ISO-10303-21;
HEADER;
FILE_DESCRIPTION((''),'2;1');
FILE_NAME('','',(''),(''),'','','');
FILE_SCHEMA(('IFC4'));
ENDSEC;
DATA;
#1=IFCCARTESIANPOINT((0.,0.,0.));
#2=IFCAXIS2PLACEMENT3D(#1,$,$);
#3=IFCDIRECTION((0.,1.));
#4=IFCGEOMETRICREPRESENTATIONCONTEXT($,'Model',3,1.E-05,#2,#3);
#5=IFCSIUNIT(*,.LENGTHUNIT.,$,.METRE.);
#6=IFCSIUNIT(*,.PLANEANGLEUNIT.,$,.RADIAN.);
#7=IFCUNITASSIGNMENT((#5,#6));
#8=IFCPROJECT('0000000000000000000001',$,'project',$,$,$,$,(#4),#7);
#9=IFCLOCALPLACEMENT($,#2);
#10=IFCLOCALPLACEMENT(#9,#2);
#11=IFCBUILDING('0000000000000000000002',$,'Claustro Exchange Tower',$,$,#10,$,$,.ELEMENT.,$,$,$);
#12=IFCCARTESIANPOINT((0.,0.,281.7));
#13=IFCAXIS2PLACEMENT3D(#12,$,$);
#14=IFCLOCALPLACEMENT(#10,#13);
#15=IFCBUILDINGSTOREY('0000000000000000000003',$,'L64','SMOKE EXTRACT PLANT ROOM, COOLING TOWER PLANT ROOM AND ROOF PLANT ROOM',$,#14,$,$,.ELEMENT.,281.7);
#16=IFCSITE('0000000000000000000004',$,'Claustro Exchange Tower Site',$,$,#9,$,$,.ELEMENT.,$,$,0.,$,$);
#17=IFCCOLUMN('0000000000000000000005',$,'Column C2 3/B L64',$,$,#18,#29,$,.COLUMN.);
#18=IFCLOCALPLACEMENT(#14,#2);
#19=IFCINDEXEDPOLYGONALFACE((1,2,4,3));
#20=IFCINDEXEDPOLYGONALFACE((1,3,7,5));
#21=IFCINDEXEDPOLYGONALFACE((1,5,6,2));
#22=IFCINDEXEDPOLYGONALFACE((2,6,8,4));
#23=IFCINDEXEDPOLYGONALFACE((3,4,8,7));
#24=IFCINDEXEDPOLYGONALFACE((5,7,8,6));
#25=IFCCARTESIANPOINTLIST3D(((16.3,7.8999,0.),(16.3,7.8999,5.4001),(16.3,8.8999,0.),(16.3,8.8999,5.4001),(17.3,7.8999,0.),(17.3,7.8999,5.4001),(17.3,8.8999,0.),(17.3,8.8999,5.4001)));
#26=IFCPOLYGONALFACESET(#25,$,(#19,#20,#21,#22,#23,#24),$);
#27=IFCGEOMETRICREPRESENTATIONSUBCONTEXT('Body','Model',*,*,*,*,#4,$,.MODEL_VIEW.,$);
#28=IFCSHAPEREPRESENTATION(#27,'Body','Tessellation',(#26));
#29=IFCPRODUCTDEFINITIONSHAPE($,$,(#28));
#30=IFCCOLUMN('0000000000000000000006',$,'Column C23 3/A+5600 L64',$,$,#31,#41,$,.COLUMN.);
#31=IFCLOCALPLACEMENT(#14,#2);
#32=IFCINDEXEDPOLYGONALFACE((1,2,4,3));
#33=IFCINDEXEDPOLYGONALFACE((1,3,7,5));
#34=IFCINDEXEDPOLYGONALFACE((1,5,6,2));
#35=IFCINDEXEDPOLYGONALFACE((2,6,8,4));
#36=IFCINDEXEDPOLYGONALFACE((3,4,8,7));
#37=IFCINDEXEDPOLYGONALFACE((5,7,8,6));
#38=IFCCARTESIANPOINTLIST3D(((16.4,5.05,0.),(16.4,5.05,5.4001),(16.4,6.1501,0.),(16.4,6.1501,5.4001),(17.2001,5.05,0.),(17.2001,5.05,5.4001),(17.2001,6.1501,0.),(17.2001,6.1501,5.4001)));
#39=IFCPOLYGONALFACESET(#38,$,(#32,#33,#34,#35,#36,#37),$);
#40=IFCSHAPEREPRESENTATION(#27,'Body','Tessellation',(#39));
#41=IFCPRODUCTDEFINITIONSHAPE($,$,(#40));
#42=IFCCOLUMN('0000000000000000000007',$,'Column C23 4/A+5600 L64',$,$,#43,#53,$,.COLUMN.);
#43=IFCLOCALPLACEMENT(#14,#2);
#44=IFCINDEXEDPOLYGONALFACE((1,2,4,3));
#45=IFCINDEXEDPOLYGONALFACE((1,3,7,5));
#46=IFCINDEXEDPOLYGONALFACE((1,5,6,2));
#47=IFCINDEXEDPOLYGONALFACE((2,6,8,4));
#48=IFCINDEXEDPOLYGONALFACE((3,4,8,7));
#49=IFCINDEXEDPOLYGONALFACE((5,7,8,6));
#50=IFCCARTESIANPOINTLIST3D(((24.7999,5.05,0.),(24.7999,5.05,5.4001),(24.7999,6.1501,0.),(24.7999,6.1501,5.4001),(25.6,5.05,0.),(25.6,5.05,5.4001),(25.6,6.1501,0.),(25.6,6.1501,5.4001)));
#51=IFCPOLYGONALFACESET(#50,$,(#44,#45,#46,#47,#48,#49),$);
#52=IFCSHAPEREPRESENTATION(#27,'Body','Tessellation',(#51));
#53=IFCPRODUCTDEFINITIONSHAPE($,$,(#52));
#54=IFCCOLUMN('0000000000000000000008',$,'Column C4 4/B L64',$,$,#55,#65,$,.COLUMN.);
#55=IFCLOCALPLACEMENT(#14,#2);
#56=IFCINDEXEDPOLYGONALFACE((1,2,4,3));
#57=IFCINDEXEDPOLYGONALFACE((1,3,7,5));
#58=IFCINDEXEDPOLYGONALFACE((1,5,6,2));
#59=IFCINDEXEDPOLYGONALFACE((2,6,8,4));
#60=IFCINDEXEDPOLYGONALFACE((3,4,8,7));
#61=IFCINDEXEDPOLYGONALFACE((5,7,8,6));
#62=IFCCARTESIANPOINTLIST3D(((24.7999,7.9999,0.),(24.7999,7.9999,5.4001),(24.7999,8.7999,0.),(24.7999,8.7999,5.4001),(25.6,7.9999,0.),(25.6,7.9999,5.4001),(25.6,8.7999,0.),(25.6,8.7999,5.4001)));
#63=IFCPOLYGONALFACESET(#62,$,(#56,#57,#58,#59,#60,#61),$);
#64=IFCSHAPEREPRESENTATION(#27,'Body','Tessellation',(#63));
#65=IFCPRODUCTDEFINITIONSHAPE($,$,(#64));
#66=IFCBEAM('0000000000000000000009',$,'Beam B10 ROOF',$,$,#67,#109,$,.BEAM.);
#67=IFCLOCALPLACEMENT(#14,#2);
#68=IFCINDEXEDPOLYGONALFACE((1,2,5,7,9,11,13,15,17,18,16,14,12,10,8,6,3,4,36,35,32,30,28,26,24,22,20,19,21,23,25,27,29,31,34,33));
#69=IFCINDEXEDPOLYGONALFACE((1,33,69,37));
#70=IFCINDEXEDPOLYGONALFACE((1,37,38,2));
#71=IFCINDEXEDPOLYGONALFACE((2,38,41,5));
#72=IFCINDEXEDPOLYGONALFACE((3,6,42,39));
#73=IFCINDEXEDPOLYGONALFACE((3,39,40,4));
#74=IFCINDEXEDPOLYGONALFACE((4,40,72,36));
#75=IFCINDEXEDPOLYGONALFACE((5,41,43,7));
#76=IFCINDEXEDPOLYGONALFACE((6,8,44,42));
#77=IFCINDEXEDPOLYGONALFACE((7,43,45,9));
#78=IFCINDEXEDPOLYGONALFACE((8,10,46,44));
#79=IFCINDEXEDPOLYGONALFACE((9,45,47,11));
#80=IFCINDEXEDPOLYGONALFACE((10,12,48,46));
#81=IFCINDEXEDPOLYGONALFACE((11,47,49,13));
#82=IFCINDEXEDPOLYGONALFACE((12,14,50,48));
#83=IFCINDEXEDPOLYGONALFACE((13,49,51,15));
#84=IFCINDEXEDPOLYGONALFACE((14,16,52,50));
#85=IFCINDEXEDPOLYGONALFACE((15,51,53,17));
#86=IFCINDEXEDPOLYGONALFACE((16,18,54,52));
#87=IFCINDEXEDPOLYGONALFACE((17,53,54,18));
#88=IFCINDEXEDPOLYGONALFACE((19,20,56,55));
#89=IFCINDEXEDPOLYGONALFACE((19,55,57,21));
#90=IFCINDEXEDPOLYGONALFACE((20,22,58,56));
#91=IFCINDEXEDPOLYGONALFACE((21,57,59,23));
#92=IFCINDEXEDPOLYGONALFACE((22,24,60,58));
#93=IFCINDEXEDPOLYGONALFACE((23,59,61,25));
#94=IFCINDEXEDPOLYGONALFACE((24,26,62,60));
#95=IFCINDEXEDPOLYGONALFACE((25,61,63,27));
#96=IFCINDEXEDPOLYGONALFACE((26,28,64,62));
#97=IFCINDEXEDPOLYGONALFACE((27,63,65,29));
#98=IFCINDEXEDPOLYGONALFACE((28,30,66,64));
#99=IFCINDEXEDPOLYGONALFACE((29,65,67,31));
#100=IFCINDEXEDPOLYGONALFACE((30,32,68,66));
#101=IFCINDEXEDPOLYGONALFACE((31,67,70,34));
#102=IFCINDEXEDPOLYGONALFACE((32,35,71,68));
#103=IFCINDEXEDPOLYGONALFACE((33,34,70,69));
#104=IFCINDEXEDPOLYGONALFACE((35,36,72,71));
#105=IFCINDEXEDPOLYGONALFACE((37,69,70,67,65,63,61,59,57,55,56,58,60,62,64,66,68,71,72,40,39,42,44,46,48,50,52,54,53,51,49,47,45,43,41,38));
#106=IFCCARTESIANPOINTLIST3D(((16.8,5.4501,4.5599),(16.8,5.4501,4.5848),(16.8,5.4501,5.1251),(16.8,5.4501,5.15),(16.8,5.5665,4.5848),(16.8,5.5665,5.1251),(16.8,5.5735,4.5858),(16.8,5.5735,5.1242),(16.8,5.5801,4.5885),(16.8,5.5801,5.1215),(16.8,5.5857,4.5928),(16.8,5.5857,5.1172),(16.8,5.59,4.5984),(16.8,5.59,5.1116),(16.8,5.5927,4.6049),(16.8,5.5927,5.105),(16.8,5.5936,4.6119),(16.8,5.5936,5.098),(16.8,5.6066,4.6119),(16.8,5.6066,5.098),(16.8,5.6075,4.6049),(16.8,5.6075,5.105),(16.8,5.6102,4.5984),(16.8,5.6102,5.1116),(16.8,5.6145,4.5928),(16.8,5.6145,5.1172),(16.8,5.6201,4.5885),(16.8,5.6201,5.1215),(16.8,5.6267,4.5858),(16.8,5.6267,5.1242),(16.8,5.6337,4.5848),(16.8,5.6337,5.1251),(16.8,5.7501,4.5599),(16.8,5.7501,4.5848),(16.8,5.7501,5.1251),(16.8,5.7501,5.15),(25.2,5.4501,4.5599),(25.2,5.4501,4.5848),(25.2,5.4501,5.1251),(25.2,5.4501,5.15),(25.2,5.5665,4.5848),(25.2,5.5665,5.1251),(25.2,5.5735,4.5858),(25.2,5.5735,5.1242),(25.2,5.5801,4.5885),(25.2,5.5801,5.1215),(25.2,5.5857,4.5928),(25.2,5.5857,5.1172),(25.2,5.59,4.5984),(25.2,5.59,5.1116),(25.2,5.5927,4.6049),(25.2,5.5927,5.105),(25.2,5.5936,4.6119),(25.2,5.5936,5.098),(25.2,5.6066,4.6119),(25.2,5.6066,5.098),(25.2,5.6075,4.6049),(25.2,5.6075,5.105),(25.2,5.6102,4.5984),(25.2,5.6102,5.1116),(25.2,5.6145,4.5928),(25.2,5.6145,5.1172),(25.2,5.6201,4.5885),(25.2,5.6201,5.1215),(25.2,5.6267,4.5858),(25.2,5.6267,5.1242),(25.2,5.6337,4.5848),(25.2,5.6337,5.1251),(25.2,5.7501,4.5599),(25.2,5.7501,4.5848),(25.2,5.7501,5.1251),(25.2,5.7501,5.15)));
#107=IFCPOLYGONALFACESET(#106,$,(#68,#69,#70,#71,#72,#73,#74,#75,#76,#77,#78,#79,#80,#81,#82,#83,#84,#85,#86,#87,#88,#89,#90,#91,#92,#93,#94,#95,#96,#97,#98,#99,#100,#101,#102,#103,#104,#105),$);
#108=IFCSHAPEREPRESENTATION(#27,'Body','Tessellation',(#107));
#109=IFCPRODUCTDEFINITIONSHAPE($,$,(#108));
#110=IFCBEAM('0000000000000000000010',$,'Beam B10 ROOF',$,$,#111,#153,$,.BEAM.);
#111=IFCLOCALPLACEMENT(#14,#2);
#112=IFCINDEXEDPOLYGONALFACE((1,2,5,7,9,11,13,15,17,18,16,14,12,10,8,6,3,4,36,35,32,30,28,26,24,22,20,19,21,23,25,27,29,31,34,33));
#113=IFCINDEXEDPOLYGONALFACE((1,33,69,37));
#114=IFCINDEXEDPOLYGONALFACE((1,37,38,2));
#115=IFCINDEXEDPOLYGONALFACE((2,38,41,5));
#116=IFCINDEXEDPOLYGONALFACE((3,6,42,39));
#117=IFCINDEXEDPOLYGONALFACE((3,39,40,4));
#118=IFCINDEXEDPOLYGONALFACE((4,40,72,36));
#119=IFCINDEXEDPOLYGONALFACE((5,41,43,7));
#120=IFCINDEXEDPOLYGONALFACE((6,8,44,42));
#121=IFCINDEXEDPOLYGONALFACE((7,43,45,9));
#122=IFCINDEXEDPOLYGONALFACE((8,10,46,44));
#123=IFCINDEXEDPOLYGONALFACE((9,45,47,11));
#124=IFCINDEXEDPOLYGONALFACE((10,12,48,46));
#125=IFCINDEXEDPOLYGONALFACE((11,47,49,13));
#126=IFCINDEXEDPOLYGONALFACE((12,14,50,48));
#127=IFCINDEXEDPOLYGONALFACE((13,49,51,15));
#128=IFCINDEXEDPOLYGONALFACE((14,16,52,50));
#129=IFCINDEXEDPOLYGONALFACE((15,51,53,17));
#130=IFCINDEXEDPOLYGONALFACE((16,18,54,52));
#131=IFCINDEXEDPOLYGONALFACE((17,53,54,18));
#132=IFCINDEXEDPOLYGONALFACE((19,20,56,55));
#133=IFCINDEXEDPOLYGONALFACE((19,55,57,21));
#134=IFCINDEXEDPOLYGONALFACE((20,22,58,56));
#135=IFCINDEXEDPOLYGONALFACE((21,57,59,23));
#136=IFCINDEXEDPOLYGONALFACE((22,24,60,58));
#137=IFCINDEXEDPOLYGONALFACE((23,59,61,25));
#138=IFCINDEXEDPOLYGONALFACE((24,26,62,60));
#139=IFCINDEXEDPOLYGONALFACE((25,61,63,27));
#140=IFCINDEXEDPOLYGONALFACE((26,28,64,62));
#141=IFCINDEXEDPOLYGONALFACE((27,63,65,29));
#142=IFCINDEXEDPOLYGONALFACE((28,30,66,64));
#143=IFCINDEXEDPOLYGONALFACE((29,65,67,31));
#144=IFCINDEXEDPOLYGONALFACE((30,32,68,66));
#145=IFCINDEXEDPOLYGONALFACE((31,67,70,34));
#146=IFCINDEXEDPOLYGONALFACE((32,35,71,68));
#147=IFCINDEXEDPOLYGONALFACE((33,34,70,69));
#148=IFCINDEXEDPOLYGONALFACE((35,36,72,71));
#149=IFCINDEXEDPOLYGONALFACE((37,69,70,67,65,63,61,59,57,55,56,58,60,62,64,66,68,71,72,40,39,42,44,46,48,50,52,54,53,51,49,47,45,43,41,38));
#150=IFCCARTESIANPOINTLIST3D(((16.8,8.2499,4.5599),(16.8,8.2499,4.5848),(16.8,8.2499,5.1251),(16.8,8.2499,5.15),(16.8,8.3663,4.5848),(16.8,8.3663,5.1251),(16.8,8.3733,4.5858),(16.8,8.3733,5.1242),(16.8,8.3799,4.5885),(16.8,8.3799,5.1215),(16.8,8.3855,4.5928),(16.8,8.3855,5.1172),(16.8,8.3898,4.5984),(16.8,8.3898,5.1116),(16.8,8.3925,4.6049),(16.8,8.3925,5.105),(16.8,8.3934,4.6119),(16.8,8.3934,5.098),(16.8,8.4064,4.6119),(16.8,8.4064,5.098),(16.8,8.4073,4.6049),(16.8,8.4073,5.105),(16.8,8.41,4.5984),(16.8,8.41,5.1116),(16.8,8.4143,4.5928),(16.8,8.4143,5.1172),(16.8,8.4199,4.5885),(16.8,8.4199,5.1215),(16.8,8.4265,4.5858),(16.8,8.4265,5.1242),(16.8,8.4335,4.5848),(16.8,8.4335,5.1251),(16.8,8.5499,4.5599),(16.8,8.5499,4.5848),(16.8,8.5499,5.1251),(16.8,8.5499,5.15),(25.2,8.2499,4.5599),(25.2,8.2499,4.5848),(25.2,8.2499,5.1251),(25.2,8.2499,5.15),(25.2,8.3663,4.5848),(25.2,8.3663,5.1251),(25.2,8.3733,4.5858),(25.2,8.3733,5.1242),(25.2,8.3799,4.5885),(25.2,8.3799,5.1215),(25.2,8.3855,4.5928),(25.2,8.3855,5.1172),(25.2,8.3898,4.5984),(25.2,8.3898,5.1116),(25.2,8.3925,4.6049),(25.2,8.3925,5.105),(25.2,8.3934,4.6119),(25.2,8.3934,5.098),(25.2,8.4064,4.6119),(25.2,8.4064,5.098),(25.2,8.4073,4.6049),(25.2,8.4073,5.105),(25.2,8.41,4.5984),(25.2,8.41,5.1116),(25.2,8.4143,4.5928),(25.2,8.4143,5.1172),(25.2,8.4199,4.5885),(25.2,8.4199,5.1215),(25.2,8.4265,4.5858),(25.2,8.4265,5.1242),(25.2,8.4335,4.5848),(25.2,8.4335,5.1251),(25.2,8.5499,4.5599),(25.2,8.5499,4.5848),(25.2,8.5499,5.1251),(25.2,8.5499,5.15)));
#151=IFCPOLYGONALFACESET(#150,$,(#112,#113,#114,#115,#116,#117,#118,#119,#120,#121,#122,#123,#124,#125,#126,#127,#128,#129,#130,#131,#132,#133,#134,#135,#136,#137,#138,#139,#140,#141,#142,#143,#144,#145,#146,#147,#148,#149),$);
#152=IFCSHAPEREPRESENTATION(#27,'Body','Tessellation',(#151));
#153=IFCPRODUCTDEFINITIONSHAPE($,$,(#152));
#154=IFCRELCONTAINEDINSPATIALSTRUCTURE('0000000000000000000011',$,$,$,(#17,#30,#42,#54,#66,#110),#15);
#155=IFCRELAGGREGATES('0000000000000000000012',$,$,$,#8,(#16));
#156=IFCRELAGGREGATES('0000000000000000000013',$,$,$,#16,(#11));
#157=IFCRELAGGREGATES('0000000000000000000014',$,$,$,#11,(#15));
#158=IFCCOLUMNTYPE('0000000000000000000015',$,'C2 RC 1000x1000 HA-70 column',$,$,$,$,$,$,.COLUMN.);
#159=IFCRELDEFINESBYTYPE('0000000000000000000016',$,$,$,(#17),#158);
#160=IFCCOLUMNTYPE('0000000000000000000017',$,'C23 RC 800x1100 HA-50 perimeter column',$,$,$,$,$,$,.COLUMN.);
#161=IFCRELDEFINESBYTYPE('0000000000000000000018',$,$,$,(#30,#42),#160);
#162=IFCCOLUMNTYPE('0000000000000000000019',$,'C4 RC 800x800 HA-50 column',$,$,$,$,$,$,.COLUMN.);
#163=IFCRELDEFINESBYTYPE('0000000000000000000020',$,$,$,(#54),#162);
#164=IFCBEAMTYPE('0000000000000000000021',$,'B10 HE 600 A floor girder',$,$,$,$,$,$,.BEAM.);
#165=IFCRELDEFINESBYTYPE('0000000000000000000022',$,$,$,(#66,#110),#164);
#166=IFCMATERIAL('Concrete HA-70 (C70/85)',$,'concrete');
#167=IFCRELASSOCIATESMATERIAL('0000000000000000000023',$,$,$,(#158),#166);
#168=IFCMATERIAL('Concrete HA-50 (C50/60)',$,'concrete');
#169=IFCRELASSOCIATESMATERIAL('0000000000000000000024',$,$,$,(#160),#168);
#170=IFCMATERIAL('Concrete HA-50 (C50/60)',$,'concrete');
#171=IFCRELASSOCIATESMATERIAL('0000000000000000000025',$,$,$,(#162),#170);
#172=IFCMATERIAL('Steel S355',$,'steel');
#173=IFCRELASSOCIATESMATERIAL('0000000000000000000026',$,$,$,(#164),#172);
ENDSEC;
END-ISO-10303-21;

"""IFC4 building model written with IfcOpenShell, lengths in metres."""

from ifc_helpers import new_model, si_unit, direction, frame, origin, origin_2d, place, context, subcontext, project, spatial, rectangle, i_section, extrude, material, material_profile, profile_set, type_object, element, save


model = new_model("IFC4")

# Units and contexts
model_context = context("Model", 3, precision=1e-05, world=origin(), true_north=direction((0.0, 1.0)))
body_context = subcontext(model_context, "Body", "Model", "MODEL_VIEW")
ifc_project = project(units=[si_unit("LENGTHUNIT", "METRE"), si_unit("PLANEANGLEUNIT", "RADIAN")], contexts=[model_context])

# Site, building, storey
site_placement = place(None, origin())
site = spatial("IfcSite", under=ifc_project, at=site_placement, Name="Claustro Exchange Tower Site", CompositionType="ELEMENT", RefElevation=0.0)
building_placement = place(site_placement, origin())
building = spatial("IfcBuilding", under=site, at=building_placement, Name="Claustro Exchange Tower", CompositionType="ELEMENT")
storey_placement = place(building_placement, frame((0.0, 0.0, 281.7)))
storey = spatial("IfcBuildingStorey", under=building, at=storey_placement, Name="L64", Description="SMOKE EXTRACT PLANT ROOM, COOLING TOWER PLANT ROOM AND ROOF PLANT ROOM", CompositionType="ELEMENT", Elevation=281.7)

# Columns
ifc_material_1 = material(Name="Concrete HA-70 (C70/85)", Category="concrete")
ifc_material_profile_1 = material_profile(ifc_material_1, rectangle(XDim=1.0, YDim=1.0, at=origin_2d()), Name="RC 1000x1000")
ifc_profile_set_1 = profile_set([ifc_material_profile_1], Name="Concrete HA-70 (C70/85)")
column_type_1 = type_object("IfcColumnType", Name="C2 RC 1000x1000 HA-70 column", PredefinedType="COLUMN", material=ifc_profile_set_1)
column_1_placement = place(storey_placement, frame((16.8, 8.3999, 0.0), z_axis=(0.0, 0.0, 1.0), x_axis=(1.0, 0.0, 0.0)))
element("IfcColumn", 1, at=column_1_placement, inside=storey, type_object=column_type_1, Name="Column C2 3/B L64", PredefinedType="COLUMN", context=body_context, shape_type="SweptSolid", body=[
    extrude(rectangle(XDim=1.0, YDim=1.0, at=origin_2d()), origin(), (0.0, 0.0, 1.0), 5.4001),
])
ifc_material_2 = material(Name="Concrete HA-50 (C50/60)", Category="concrete")
ifc_material_profile_2 = material_profile(ifc_material_2, rectangle(XDim=0.8, YDim=1.1001, at=origin_2d()), Name="RC 800x1100")
ifc_profile_set_2 = profile_set([ifc_material_profile_2], Name="Concrete HA-50 (C50/60)")
column_type_2 = type_object("IfcColumnType", Name="C23 RC 800x1100 HA-50 perimeter column", PredefinedType="COLUMN", material=ifc_profile_set_2)
for number, where, z_axis, x_axis, name in (
    (2, (16.8, 5.6001, 0.0), (0.0, 0.0, 1.0), (1.0, 0.0, 0.0), "Column C23 3/A+5600 L64"),
    (3, (25.2, 5.6001, 0.0), (0.0, 0.0, 1.0), (1.0, 0.0, 0.0), "Column C23 4/A+5600 L64"),
):
    element("IfcColumn", number, at=place(storey_placement, frame(where, z_axis=z_axis, x_axis=x_axis)), inside=storey, type_object=column_type_2, Name=name, PredefinedType="COLUMN", context=body_context, shape_type="SweptSolid", body=[
        extrude(rectangle(XDim=0.8, YDim=1.1001, at=origin_2d()), origin(), (0.0, 0.0, 1.0), 5.4001),
    ])
ifc_material_3 = material(Name="Concrete HA-50 (C50/60)", Category="concrete")
ifc_material_profile_3 = material_profile(ifc_material_3, rectangle(XDim=0.8, YDim=0.8, at=origin_2d()), Name="RC 800x800")
ifc_profile_set_3 = profile_set([ifc_material_profile_3], Name="Concrete HA-50 (C50/60)")
column_type_3 = type_object("IfcColumnType", Name="C4 RC 800x800 HA-50 column", PredefinedType="COLUMN", material=ifc_profile_set_3)
column_2_placement = place(storey_placement, frame((25.2, 8.3999, 0.0), z_axis=(0.0, 0.0, 1.0), x_axis=(1.0, 0.0, 0.0)))
element("IfcColumn", 4, at=column_2_placement, inside=storey, type_object=column_type_3, Name="Column C4 4/B L64", PredefinedType="COLUMN", context=body_context, shape_type="SweptSolid", body=[
    extrude(rectangle(XDim=0.8, YDim=0.8, at=origin_2d()), origin(), (0.0, 0.0, 1.0), 5.4001),
])

# Beams
ifc_material_4 = material(Name="Steel S355", Category="steel")
ifc_material_profile_4 = material_profile(ifc_material_4, i_section(OverallWidth=0.3, OverallDepth=0.5901, WebThickness=0.0129, FlangeThickness=0.0249, FilletRadius=0.0271, at=origin_2d()), Name="HE 600 A")
ifc_profile_set_4 = profile_set([ifc_material_profile_4], Name="Steel S355")
beam_type_1 = type_object("IfcBeamType", Name="B10 HE 600 A floor girder", PredefinedType="BEAM", material=ifc_profile_set_4)
for number, where, z_axis, x_axis, name in (
    (5, (16.8, 5.6001, 4.855), (1.0, 0.0, 0.0), (0.0, 1.0, 0.0), "Beam B10 ROOF"),
    (6, (16.8, 8.3999, 4.855), (1.0, 0.0, 0.0), (0.0, 1.0, 0.0), "Beam B10 ROOF"),
):
    element("IfcBeam", number, at=place(storey_placement, frame(where, z_axis=z_axis, x_axis=x_axis)), inside=storey, type_object=beam_type_1, Name=name, PredefinedType="BEAM", context=body_context, shape_type="SweptSolid", body=[
        extrude(i_section(OverallWidth=0.3, OverallDepth=0.5901, WebThickness=0.0129, FlangeThickness=0.0249, FilletRadius=0.0271, at=origin_2d()), origin(), (0.0, 0.0, 1.0), 8.3999),
    ])

save(model, "model.ifc")
